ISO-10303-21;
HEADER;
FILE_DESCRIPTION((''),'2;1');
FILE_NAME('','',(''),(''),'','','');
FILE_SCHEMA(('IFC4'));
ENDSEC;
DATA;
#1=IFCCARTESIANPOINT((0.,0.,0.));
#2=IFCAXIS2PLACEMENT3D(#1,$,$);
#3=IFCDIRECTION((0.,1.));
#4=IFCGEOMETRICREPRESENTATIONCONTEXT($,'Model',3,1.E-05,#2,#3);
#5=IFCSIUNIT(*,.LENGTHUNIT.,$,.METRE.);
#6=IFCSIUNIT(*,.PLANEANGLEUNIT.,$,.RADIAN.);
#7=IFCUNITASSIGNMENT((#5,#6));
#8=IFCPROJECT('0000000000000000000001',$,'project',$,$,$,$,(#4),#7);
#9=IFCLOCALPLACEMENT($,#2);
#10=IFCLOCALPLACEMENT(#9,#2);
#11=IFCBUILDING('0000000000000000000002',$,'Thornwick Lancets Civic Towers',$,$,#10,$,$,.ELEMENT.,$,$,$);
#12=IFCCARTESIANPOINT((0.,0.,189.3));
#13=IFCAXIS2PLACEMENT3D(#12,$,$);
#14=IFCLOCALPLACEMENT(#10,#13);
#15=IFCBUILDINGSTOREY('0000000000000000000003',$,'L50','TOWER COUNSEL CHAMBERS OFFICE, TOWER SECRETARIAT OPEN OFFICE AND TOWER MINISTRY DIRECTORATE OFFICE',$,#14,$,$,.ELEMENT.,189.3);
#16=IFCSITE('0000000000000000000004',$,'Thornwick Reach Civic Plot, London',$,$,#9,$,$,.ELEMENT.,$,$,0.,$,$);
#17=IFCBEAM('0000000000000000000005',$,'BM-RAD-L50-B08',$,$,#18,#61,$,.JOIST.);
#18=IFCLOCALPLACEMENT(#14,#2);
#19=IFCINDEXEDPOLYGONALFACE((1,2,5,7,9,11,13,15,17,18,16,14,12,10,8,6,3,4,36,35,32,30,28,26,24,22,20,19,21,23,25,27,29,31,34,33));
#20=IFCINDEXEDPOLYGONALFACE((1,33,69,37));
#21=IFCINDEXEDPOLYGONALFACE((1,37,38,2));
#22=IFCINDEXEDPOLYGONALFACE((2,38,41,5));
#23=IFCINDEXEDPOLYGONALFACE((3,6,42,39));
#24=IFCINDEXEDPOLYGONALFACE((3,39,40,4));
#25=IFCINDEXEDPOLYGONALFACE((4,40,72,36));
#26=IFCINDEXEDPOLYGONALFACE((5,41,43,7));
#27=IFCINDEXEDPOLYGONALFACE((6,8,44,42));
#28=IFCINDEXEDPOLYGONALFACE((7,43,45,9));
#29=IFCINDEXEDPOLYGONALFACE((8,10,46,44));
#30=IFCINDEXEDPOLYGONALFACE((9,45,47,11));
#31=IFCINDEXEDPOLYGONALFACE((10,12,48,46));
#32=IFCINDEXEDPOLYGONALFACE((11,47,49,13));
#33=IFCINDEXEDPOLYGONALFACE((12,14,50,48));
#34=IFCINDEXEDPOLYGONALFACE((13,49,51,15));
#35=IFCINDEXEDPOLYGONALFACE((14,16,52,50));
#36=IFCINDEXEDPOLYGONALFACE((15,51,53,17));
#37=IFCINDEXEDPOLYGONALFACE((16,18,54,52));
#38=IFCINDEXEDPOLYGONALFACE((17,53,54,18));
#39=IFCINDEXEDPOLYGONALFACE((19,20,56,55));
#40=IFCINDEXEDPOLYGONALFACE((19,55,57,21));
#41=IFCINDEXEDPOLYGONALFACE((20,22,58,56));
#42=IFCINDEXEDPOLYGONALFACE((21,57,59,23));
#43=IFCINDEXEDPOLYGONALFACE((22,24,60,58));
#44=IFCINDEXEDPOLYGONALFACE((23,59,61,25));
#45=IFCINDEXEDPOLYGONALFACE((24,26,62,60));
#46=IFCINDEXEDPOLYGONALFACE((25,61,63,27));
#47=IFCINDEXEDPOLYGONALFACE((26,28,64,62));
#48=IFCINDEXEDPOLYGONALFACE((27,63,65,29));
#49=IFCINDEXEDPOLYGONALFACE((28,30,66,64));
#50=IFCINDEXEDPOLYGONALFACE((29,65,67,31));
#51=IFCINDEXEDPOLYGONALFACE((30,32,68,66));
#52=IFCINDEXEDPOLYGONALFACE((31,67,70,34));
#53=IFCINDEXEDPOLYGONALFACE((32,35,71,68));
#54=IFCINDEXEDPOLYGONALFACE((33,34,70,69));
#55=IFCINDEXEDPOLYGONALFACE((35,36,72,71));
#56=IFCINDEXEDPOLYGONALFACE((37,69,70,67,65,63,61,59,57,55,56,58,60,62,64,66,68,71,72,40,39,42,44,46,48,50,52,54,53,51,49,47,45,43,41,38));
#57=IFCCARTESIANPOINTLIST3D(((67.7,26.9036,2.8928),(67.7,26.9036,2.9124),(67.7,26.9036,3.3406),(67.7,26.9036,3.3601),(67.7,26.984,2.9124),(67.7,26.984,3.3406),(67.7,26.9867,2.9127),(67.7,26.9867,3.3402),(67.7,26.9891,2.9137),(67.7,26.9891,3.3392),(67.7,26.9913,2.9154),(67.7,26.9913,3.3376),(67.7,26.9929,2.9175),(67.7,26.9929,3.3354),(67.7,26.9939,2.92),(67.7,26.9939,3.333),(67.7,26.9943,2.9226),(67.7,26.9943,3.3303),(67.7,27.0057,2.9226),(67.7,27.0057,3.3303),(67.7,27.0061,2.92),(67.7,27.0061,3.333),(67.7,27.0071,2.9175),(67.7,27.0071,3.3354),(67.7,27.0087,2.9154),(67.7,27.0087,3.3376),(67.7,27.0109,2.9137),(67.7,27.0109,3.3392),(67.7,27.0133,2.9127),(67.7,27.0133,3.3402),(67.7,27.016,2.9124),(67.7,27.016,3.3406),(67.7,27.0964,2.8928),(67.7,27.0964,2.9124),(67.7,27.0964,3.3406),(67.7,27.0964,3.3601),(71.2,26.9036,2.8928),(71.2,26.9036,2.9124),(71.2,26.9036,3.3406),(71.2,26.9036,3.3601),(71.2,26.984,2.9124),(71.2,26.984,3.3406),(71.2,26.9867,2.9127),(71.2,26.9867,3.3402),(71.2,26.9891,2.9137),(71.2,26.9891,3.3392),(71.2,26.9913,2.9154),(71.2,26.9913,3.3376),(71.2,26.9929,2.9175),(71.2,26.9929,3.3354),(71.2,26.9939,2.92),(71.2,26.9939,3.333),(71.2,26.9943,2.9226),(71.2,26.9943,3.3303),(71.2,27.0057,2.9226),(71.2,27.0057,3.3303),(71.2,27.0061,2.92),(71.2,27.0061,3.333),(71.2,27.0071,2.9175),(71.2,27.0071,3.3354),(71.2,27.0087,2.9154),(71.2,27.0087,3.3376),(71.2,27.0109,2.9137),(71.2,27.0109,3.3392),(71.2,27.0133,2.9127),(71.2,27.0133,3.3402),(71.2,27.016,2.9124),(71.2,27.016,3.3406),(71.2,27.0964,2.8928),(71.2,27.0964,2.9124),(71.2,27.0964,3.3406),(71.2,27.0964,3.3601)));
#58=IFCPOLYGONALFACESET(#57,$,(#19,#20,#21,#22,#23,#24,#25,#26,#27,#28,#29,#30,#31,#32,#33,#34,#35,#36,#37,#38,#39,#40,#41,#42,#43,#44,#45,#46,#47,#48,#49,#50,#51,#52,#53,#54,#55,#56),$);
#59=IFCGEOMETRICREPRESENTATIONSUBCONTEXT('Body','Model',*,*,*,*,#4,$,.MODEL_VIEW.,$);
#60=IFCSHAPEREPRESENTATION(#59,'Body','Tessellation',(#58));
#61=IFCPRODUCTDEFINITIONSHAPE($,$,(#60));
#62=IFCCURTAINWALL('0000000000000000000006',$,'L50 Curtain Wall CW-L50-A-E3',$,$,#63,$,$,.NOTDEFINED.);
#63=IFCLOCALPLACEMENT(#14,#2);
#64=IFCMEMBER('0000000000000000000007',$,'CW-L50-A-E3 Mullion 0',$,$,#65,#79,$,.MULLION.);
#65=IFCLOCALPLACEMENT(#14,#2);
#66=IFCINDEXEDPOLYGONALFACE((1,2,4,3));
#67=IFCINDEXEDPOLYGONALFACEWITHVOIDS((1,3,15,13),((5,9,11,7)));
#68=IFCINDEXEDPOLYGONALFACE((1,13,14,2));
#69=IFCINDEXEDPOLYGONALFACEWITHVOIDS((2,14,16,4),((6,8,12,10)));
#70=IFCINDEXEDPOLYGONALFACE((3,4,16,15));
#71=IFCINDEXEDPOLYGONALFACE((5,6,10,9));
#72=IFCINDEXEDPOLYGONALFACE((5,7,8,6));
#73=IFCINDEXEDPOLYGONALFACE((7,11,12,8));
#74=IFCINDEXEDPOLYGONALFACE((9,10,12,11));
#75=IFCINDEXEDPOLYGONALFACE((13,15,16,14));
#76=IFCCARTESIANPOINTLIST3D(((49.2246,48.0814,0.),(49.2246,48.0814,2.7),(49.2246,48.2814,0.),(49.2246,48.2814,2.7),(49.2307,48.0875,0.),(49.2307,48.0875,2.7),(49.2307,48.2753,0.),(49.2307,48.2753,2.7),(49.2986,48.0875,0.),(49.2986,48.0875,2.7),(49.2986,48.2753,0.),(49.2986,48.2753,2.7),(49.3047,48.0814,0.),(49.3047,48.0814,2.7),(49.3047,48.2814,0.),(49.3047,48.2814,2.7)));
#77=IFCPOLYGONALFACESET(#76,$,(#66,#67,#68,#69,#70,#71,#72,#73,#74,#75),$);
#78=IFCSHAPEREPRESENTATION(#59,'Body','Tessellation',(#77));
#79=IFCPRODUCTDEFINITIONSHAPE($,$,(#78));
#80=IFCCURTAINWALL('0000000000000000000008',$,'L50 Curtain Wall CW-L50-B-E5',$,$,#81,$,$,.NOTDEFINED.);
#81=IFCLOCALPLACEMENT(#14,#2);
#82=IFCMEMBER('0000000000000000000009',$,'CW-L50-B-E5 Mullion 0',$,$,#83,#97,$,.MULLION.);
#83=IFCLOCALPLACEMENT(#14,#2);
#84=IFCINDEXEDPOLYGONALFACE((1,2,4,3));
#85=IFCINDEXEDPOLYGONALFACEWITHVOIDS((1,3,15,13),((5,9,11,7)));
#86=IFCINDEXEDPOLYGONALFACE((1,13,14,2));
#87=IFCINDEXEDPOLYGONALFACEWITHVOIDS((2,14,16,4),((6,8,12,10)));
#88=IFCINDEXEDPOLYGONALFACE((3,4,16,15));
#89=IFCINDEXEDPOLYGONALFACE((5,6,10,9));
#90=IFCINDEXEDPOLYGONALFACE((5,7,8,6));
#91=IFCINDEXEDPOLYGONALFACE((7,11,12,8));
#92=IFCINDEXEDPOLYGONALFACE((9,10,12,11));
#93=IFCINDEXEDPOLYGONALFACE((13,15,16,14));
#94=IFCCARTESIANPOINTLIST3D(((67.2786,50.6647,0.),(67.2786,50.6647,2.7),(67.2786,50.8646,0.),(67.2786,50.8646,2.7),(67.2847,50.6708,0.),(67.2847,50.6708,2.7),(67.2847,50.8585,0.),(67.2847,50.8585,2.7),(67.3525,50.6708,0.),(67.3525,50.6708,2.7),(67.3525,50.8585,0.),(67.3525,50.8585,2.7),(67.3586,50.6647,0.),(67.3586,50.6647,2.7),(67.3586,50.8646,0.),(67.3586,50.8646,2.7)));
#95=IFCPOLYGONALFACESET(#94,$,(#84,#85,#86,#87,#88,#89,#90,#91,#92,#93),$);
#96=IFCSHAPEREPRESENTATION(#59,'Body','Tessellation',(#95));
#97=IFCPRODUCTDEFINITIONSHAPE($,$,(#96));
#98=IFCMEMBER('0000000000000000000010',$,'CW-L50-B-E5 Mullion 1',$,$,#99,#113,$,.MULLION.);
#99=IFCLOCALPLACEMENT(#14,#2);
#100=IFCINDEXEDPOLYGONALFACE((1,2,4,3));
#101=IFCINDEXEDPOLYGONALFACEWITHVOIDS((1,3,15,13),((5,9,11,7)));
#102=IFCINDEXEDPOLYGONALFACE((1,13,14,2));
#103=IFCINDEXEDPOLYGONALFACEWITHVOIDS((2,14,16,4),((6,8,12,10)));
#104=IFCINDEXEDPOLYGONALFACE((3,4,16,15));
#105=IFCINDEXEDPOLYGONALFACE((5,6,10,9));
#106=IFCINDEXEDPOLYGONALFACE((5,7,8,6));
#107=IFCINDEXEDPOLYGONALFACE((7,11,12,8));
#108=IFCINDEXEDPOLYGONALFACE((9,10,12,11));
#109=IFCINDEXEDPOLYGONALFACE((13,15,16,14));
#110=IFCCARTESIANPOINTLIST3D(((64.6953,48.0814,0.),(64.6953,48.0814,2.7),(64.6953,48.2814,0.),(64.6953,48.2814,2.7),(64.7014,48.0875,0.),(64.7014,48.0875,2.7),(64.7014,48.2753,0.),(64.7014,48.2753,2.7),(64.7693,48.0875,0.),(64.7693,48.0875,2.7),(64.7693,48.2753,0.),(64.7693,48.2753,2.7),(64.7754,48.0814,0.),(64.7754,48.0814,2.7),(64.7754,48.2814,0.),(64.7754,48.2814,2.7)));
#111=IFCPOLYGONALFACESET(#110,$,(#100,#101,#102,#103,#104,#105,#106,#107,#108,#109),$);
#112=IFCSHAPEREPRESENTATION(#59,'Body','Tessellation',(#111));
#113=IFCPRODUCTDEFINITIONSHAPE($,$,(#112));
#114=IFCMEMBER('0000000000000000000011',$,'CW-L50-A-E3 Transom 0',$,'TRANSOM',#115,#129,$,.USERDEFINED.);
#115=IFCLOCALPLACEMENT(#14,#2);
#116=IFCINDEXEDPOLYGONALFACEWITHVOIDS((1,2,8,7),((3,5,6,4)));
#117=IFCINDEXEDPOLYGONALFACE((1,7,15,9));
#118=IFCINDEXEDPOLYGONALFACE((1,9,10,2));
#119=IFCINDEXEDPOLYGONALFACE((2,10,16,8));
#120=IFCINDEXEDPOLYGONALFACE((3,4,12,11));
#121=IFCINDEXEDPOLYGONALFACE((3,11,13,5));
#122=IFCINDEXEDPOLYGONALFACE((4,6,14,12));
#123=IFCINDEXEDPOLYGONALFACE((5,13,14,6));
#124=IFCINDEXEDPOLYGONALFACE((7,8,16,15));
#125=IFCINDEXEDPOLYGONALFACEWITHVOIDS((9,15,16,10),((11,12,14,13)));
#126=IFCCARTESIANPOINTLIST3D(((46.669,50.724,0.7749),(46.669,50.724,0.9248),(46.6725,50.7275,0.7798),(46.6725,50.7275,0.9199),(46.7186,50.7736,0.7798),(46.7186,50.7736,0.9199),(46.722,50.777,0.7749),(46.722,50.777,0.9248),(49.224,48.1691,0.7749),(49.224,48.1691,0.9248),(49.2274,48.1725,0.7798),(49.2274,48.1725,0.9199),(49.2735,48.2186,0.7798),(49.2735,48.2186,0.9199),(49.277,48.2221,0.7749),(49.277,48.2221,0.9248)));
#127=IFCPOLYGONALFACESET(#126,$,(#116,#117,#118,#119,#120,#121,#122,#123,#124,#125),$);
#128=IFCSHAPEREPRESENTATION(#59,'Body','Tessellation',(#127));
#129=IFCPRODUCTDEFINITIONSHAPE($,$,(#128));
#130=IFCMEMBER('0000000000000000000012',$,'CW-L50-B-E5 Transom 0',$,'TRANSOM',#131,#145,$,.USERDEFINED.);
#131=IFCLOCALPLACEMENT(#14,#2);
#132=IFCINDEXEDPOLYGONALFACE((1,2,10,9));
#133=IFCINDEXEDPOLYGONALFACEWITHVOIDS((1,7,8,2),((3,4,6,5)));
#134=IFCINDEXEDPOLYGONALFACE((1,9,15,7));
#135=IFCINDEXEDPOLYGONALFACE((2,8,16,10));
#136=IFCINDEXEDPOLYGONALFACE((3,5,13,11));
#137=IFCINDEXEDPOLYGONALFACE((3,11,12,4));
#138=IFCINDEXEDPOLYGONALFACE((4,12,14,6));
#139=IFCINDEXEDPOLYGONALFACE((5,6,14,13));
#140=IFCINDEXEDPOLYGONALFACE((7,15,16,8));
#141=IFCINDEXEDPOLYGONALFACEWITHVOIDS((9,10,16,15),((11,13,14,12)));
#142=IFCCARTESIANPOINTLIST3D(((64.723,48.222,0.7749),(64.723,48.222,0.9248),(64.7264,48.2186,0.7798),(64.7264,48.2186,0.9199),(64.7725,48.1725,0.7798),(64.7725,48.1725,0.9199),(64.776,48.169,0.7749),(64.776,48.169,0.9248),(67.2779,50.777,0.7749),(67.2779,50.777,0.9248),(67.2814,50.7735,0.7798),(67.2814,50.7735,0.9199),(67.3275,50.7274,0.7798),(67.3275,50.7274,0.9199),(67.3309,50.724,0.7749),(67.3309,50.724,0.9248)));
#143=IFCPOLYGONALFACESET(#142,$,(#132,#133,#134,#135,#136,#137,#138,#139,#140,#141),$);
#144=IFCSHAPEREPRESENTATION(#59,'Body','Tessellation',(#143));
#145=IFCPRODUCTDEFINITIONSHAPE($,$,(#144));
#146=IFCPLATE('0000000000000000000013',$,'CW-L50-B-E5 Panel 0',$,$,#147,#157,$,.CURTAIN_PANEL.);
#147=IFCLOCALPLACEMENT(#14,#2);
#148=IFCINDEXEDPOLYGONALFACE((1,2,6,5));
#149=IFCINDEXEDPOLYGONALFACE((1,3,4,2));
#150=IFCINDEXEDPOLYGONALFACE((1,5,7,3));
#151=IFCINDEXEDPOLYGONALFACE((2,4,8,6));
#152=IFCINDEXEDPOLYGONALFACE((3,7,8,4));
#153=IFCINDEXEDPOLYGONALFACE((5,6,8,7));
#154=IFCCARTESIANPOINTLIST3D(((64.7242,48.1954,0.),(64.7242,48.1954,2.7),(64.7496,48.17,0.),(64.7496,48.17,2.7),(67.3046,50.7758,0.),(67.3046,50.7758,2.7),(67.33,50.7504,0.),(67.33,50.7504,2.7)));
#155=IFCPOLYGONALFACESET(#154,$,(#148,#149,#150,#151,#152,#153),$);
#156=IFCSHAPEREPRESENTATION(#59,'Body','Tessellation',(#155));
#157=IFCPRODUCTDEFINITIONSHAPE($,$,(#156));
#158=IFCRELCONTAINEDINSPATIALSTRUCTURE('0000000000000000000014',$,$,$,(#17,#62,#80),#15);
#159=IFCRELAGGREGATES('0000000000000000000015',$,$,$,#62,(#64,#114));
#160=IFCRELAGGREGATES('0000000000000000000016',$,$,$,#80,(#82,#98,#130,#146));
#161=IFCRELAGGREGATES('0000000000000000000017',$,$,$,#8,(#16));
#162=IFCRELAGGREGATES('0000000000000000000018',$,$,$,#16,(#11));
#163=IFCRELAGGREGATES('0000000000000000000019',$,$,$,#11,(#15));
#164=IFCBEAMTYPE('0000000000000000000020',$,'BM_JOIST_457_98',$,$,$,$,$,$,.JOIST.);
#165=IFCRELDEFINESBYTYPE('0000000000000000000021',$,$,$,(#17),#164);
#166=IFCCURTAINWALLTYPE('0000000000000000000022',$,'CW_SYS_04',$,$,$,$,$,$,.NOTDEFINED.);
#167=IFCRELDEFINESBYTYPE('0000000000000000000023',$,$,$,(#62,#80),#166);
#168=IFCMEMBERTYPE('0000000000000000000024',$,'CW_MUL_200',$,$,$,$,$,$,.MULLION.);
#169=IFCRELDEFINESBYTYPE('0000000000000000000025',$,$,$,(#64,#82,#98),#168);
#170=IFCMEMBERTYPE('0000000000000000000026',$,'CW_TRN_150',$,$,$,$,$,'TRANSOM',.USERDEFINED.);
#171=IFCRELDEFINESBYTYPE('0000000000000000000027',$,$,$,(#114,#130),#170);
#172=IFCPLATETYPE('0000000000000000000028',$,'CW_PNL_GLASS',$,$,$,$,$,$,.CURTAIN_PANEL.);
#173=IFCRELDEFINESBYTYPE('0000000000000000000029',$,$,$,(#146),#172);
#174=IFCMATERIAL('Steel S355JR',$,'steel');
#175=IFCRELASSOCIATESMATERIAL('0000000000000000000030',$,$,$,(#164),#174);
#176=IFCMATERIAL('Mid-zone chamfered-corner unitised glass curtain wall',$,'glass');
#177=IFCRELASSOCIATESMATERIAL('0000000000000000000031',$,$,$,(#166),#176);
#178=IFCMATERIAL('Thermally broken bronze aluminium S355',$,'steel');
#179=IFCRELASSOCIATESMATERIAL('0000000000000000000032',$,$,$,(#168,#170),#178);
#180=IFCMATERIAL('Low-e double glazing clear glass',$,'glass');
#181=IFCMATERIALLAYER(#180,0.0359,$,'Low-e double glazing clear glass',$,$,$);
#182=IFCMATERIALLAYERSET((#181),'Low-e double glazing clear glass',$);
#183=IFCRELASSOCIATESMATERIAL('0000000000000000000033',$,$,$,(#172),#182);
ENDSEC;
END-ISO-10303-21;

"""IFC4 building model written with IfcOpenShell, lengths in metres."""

from ifc_helpers import new_model, si_unit, direction, frame, origin, origin_2d, place, context, subcontext, project, spatial, rectangle, hollow_rectangle, i_section, extrude, material, layer, layer_set, material_profile, profile_set, type_object, element, aggregate, save


model = new_model("IFC4")

# Units and contexts
model_context = context("Model", 3, precision=1e-05, world=origin(), true_north=direction((0.0, 1.0)))
body_context = subcontext(model_context, "Body", "Model", "MODEL_VIEW")
ifc_project = project(units=[si_unit("LENGTHUNIT", "METRE"), si_unit("PLANEANGLEUNIT", "RADIAN")], contexts=[model_context])

# Site, building, storey
site_placement = place(None, origin())
site = spatial("IfcSite", under=ifc_project, at=site_placement, Name="Thornwick Reach Civic Plot, London", CompositionType="ELEMENT", RefElevation=0.0)
building_placement = place(site_placement, origin())
building = spatial("IfcBuilding", under=site, at=building_placement, Name="Thornwick Lancets Civic Towers", CompositionType="ELEMENT")
storey_placement = place(building_placement, frame((0.0, 0.0, 189.3)))
storey = spatial("IfcBuildingStorey", under=building, at=storey_placement, Name="L50", Description="TOWER COUNSEL CHAMBERS OFFICE, TOWER SECRETARIAT OPEN OFFICE AND TOWER MINISTRY DIRECTORATE OFFICE", CompositionType="ELEMENT", Elevation=189.3)

# Beam
ifc_material_1 = material(Name="Steel S355JR", Category="steel")
ifc_material_profile_1 = material_profile(ifc_material_1, i_section(OverallWidth=0.1929, OverallDepth=0.4673, WebThickness=0.0115, FlangeThickness=0.0195, FilletRadius=0.0103, at=origin_2d()), Name="UKB 457x191x98")
ifc_profile_set_1 = profile_set([ifc_material_profile_1], Name="Steel S355JR")
beam_type_1 = type_object("IfcBeamType", Name="BM_JOIST_457_98", PredefinedType="JOIST", material=ifc_profile_set_1)
beam_1_placement = place(storey_placement, frame((71.2, 27.0, 3.1265), z_axis=(-1.0, 0.0, 0.0), x_axis=(0.0, -1.0, 0.0)))
element("IfcBeam", 1, at=beam_1_placement, inside=storey, type_object=beam_type_1, Name="BM-RAD-L50-B08", PredefinedType="JOIST", context=body_context, shape_type="SweptSolid", body=[
    extrude(i_section(OverallWidth=0.1929, OverallDepth=0.4673, WebThickness=0.0115, FlangeThickness=0.0195, FilletRadius=0.0103, at=origin_2d()), origin(), (0.0, 0.0, 1.0), 3.5),
])

# Curtain wall, member
ifc_material_2 = material(Name="Mid-zone chamfered-corner unitised glass curtain wall", Category="glass")
curtain_wall_type = type_object("IfcCurtainWallType", Name="CW_SYS_04", PredefinedType="NOTDEFINED", material=ifc_material_2)
curtain_wall_1_placement = place(storey_placement, origin())
curtain_wall_1 = element("IfcCurtainWall", 2, at=curtain_wall_1_placement, inside=storey, type_object=curtain_wall_type, Name="L50 Curtain Wall CW-L50-A-E3", PredefinedType="NOTDEFINED")
ifc_material_3 = material(Name="Thermally broken bronze aluminium S355", Category="steel")
ifc_material_profile_2 = material_profile(ifc_material_3, hollow_rectangle(XDim=0.0801, YDim=0.2, WallThickness=0.0061, at=origin_2d()), Name="RHS 200x80x6")
ifc_profile_set_2 = profile_set([ifc_material_profile_2], Name="Thermally broken bronze aluminium S355")
member_type_1 = type_object("IfcMemberType", Name="CW_MUL_200", PredefinedType="MULLION", material=ifc_profile_set_2)
member_1_placement = place(storey_placement, frame((49.2646, 48.1814, 0.0), z_axis=(0.0, 0.0, 1.0), x_axis=(1.0, 0.0, 0.0)))
member_1 = element("IfcMember", 3, at=member_1_placement, type_object=member_type_1, Name="CW-L50-A-E3 Mullion 0", PredefinedType="MULLION", context=body_context, shape_type="SweptSolid", body=[
    extrude(hollow_rectangle(XDim=0.0801, YDim=0.2, WallThickness=0.0061, at=origin_2d()), origin(), (0.0, 0.0, 1.0), 2.7),
])

# Curtain wall, members
curtain_wall_2_placement = place(storey_placement, origin())
curtain_wall_2 = element("IfcCurtainWall", 4, at=curtain_wall_2_placement, inside=storey, type_object=curtain_wall_type, Name="L50 Curtain Wall CW-L50-B-E5", PredefinedType="NOTDEFINED")
member_2_placement = place(storey_placement, frame((67.3186, 50.7646, 0.0), z_axis=(0.0, 0.0, 1.0), x_axis=(1.0, 0.0, 0.0)))
member_2 = element("IfcMember", 5, at=member_2_placement, type_object=member_type_1, Name="CW-L50-B-E5 Mullion 0", PredefinedType="MULLION", context=body_context, shape_type="SweptSolid", body=[
    extrude(hollow_rectangle(XDim=0.0801, YDim=0.2, WallThickness=0.0061, at=origin_2d()), origin(), (0.0, 0.0, 1.0), 2.7),
])
member_3_placement = place(storey_placement, frame((64.7354, 48.1814, 0.0), z_axis=(0.0, 0.0, 1.0), x_axis=(1.0, 0.0, 0.0)))
member_3 = element("IfcMember", 6, at=member_3_placement, type_object=member_type_1, Name="CW-L50-B-E5 Mullion 1", PredefinedType="MULLION", context=body_context, shape_type="SweptSolid", body=[
    extrude(hollow_rectangle(XDim=0.0801, YDim=0.2, WallThickness=0.0061, at=origin_2d()), origin(), (0.0, 0.0, 1.0), 2.7),
])

# Members
ifc_material_profile_3 = material_profile(ifc_material_3, hollow_rectangle(XDim=0.075, YDim=0.1499, WallThickness=0.0049, at=origin_2d()), Name="RHS 150x75x5")
ifc_profile_set_3 = profile_set([ifc_material_profile_3], Name="Thermally broken bronze aluminium S355")
member_type_2 = type_object("IfcMemberType", Name="CW_TRN_150", ElementType="TRANSOM", PredefinedType="USERDEFINED", material=ifc_profile_set_3)
member_4_placement = place(storey_placement, frame((49.2505, 48.1956, 0.8499), z_axis=(-0.707107, 0.707107, 0.0), x_axis=(-0.707107, -0.707107, 0.0)))
member_4 = element("IfcMember", 7, at=member_4_placement, type_object=member_type_2, Name="CW-L50-A-E3 Transom 0", ObjectType="TRANSOM", PredefinedType="USERDEFINED", context=body_context, shape_type="SweptSolid", body=[
    extrude(hollow_rectangle(XDim=0.075, YDim=0.1499, WallThickness=0.0049, at=origin_2d()), origin(), (0.0, 0.0, 1.0), 3.6133),
])
aggregate(curtain_wall_1, [member_1, member_4])
member_5_placement = place(storey_placement, frame((67.3044, 50.7505, 0.8499), z_axis=(-0.707107, -0.707107, 0.0), x_axis=(0.707107, -0.707107, 0.0)))
member_5 = element("IfcMember", 8, at=member_5_placement, type_object=member_type_2, Name="CW-L50-B-E5 Transom 0", ObjectType="TRANSOM", PredefinedType="USERDEFINED", context=body_context, shape_type="SweptSolid", body=[
    extrude(hollow_rectangle(XDim=0.075, YDim=0.1499, WallThickness=0.0049, at=origin_2d()), origin(), (0.0, 0.0, 1.0), 3.6133),
])

# Plate
ifc_material_4 = material(Name="Low-e double glazing clear glass", Category="glass")
ifc_layer_1 = layer(ifc_material_4, 0.0359, Name="Low-e double glazing clear glass")
ifc_layer_set_1 = layer_set([ifc_layer_1], Name="Low-e double glazing clear glass")
plate_type = type_object("IfcPlateType", Name="CW_PNL_GLASS", PredefinedType="CURTAIN_PANEL", material=ifc_layer_set_1)
plate_placement = place(storey_placement, frame((66.0271, 49.4729, 0.0), z_axis=(0.0, 0.0, 1.0), x_axis=(-0.707107, -0.707107, 0.0)))
plate = element("IfcPlate", 9, at=plate_placement, type_object=plate_type, Name="CW-L50-B-E5 Panel 0", PredefinedType="CURTAIN_PANEL", context=body_context, shape_type="SweptSolid", body=[
    extrude(rectangle(XDim=3.6492, YDim=0.0359, at=origin_2d()), origin(), (0.0, 0.0, 1.0), 2.7),
])
aggregate(curtain_wall_2, [member_2, member_3, member_5, plate])

save(model, "model.ifc")
